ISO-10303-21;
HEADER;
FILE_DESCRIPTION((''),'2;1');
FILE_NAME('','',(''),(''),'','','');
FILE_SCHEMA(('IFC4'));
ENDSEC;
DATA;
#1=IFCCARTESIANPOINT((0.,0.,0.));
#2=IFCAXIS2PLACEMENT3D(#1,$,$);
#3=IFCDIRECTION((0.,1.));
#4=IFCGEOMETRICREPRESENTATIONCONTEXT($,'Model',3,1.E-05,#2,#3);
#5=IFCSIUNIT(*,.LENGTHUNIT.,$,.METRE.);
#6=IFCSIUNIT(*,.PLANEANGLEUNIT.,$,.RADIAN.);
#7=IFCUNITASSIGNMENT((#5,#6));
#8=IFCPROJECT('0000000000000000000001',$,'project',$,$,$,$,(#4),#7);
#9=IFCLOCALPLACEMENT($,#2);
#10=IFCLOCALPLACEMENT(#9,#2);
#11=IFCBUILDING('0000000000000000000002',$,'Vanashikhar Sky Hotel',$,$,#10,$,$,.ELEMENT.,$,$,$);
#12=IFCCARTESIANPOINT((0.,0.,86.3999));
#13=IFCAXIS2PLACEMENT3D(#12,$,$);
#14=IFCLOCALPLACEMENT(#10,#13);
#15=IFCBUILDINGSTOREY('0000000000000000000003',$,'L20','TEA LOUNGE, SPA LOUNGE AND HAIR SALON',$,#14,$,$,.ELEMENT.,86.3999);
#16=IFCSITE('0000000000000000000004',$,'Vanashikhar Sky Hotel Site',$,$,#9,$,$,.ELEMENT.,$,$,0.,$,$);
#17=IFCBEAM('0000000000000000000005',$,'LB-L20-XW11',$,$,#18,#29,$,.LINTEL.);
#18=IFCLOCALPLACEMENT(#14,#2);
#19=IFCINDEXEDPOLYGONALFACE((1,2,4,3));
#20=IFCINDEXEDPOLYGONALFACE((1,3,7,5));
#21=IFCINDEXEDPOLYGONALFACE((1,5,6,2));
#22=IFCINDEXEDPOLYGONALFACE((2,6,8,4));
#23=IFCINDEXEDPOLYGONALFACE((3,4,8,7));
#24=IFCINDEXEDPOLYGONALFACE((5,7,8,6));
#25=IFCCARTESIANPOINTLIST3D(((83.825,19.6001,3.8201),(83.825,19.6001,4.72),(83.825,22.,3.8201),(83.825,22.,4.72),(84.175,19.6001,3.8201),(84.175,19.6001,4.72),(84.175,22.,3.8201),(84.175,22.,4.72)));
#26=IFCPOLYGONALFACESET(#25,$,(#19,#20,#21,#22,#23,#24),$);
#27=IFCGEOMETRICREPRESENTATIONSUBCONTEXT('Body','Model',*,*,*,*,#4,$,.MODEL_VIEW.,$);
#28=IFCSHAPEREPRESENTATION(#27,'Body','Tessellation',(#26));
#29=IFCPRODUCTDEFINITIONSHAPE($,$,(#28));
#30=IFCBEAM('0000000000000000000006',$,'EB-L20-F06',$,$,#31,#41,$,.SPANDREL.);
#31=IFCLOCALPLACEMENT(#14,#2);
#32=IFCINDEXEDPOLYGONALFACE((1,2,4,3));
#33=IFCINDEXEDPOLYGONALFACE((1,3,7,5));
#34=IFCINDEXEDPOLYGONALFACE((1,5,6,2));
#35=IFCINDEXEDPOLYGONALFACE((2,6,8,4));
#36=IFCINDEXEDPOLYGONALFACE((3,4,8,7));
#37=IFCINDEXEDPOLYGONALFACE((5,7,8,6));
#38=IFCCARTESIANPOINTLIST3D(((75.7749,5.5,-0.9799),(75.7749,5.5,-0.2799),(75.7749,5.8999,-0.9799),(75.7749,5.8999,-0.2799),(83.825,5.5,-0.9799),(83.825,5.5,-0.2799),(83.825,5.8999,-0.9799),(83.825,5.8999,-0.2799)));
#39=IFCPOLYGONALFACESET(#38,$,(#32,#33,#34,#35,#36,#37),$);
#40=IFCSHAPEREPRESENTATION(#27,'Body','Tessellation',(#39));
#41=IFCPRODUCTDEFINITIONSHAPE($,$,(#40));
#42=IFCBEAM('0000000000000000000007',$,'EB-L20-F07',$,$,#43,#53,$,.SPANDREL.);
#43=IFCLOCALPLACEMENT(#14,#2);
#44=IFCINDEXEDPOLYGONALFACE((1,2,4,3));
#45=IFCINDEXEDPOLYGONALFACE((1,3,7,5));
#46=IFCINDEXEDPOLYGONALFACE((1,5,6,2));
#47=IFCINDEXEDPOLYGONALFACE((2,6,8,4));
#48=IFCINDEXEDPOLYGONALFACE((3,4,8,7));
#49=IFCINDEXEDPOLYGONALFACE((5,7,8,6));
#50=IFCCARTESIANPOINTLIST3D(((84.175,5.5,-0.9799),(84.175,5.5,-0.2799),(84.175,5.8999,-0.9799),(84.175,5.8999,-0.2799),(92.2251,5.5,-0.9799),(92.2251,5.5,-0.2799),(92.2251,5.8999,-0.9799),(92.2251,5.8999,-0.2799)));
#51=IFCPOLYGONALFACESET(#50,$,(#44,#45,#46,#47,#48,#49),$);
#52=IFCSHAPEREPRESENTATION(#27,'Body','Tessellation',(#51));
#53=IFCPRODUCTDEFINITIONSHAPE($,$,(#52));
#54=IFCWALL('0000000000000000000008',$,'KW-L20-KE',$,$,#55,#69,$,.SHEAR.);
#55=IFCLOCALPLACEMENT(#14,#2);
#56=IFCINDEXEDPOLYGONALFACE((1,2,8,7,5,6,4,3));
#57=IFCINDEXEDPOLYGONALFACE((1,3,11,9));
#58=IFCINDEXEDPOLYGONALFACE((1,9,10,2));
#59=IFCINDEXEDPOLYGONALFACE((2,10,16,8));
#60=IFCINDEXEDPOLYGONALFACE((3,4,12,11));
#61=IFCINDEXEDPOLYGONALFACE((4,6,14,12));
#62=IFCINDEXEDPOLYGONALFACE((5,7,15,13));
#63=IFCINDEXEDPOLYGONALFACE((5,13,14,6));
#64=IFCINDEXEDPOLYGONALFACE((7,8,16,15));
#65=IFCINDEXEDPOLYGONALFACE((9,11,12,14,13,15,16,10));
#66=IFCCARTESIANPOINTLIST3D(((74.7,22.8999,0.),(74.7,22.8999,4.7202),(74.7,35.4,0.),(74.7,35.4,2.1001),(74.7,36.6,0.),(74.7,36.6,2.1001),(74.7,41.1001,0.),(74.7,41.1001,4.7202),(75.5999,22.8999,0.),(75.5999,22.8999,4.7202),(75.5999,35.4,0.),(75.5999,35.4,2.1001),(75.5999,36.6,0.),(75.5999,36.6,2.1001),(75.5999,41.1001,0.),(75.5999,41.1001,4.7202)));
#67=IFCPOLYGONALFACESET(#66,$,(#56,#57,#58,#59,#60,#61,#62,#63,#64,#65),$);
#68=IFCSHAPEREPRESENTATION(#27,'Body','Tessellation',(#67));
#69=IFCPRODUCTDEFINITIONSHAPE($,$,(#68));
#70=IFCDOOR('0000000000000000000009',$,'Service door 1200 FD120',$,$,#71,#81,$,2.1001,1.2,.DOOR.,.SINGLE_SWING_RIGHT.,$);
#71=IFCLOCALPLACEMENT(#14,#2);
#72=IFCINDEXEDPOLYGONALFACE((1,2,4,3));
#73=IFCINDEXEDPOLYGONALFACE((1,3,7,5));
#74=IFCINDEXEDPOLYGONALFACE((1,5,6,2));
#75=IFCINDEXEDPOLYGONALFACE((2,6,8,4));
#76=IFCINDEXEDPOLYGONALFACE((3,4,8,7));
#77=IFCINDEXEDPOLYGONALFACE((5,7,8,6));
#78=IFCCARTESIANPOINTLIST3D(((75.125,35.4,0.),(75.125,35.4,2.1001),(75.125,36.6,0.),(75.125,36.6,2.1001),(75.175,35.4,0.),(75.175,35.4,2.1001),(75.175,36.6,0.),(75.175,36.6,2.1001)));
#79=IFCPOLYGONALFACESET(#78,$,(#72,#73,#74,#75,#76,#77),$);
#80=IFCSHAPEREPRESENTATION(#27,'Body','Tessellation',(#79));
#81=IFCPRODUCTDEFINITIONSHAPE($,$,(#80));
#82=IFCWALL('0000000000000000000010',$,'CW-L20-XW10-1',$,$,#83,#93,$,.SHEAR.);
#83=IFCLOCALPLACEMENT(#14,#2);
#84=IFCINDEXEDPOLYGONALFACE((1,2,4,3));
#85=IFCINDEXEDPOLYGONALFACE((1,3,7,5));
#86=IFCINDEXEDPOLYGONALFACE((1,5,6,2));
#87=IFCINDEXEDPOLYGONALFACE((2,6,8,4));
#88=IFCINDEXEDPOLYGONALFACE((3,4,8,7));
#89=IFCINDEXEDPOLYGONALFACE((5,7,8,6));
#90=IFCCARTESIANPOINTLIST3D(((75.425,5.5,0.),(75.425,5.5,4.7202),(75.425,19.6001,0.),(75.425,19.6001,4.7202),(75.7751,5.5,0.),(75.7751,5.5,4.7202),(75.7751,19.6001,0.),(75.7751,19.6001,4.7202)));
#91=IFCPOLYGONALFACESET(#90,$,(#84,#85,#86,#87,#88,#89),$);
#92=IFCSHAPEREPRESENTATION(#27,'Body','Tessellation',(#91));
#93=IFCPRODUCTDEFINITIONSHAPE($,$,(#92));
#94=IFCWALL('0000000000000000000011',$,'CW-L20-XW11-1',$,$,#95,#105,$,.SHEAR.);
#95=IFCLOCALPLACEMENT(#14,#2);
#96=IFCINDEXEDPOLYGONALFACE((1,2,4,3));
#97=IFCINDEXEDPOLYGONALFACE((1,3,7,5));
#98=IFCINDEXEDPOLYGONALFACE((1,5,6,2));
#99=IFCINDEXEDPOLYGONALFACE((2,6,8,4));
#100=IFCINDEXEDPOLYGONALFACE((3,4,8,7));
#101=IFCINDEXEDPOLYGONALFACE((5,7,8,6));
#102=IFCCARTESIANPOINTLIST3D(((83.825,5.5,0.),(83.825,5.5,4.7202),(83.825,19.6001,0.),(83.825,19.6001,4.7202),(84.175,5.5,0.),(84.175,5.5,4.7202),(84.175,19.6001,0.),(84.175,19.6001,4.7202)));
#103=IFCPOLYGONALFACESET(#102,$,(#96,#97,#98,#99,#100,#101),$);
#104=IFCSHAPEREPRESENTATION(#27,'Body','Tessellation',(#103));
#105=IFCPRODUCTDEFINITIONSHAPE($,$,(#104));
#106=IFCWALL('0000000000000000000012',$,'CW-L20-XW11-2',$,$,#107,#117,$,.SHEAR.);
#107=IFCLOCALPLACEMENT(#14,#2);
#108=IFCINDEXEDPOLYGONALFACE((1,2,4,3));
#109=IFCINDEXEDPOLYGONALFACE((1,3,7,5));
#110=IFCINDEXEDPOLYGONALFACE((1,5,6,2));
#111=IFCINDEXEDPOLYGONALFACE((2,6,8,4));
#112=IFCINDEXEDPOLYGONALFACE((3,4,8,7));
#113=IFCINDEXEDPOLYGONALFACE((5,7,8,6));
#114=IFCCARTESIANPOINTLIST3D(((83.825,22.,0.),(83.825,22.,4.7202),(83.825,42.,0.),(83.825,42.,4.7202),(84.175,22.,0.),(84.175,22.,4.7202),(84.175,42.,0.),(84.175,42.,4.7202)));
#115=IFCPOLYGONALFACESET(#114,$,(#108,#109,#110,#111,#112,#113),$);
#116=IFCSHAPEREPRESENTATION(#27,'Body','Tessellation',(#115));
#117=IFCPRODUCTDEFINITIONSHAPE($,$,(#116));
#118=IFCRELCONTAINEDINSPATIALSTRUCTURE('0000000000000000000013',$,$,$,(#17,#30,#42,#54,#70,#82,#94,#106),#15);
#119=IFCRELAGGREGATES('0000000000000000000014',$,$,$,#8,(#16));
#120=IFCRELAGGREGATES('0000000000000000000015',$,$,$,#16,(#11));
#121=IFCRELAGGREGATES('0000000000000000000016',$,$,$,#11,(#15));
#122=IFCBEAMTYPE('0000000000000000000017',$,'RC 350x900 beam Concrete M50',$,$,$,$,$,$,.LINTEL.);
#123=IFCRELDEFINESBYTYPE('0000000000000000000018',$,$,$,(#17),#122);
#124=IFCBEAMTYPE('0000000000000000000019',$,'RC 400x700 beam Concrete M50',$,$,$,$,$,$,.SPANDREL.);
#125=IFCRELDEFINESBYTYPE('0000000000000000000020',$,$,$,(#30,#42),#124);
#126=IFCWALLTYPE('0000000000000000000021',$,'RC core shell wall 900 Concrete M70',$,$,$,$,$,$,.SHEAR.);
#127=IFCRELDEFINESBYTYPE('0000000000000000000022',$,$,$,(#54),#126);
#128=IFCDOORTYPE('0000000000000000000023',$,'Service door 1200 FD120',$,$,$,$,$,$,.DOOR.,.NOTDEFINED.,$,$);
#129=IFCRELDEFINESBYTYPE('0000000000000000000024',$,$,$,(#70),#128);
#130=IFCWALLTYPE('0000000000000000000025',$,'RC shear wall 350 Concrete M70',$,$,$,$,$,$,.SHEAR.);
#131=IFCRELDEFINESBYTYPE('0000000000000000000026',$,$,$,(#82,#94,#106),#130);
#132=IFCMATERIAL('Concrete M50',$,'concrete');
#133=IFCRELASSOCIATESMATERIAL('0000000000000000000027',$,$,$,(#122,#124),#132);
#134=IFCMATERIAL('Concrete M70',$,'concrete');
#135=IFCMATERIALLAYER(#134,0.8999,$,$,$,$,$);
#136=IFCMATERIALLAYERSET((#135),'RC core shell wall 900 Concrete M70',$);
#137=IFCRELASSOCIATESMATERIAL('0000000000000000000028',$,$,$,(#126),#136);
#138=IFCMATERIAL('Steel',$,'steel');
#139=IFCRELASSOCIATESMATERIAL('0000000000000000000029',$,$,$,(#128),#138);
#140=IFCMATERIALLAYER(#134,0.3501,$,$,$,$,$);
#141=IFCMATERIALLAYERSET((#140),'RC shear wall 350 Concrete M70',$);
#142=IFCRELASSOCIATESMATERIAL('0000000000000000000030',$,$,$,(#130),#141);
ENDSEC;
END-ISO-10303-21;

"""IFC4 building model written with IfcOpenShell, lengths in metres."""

from ifc_helpers import new_model, si_unit, direction, frame, frame_2d, origin, origin_2d, place, context, subcontext, project, spatial, rectangle, extrude, source, transform, mapped, material, layer, layer_set, material_profile, profile_set, type_object, element, fill, save


model = new_model("IFC4")

# Units and contexts
model_context = context("Model", 3, precision=1e-05, world=origin(), true_north=direction((0.0, 1.0)))
body_context = subcontext(model_context, "Body", "Model", "MODEL_VIEW")
ifc_project = project(units=[si_unit("LENGTHUNIT", "METRE"), si_unit("PLANEANGLEUNIT", "RADIAN")], contexts=[model_context])

# Site, building, storey
site_placement = place(None, origin())
site = spatial("IfcSite", under=ifc_project, at=site_placement, Name="Vanashikhar Sky Hotel Site", CompositionType="ELEMENT", RefElevation=0.0)
building_placement = place(site_placement, origin())
building = spatial("IfcBuilding", under=site, at=building_placement, Name="Vanashikhar Sky Hotel", CompositionType="ELEMENT")
storey_placement = place(building_placement, frame((0.0, 0.0, 86.3999)))
storey = spatial("IfcBuildingStorey", under=building, at=storey_placement, Name="L20", Description="TEA LOUNGE, SPA LOUNGE AND HAIR SALON", CompositionType="ELEMENT", Elevation=86.3999)

# Beams
ifc_material_1 = material(Name="Concrete M50", Category="concrete")
ifc_material_profile_1 = material_profile(ifc_material_1, rectangle(XDim=0.3501, YDim=0.8999, at=origin_2d()))
ifc_profile_set_1 = profile_set([ifc_material_profile_1], Name="RC 350x900 beam Concrete M50")
beam_type_1 = type_object("IfcBeamType", Name="RC 350x900 beam Concrete M50", PredefinedType="LINTEL", material=ifc_profile_set_1)
shared_shape_1 = source(origin(), body_context, "Body", "SweptSolid", [
    extrude(rectangle(XDim=0.3501, YDim=0.8999, at=origin_2d()), origin(), (0.0, 0.0, 1.0), 2.3999),
])
beam_placement = place(storey_placement, frame((84.0, 19.6001, 4.27), z_axis=(0.0, 1.0, 0.0), x_axis=(-1.0, 0.0, 0.0)))
element("IfcBeam", 1, at=beam_placement, inside=storey, type_object=beam_type_1, Name="LB-L20-XW11", PredefinedType="LINTEL", context=body_context, shape_type="MappedRepresentation", body=[
    mapped(shared_shape_1, transform((0.0, 0.0, 0.0), scale=1.0)),
])
ifc_material_profile_2 = material_profile(ifc_material_1, rectangle(XDim=0.3999, YDim=0.7, at=origin_2d()))
ifc_profile_set_2 = profile_set([ifc_material_profile_2], Name="RC 400x700 beam Concrete M50")
beam_type_2 = type_object("IfcBeamType", Name="RC 400x700 beam Concrete M50", PredefinedType="SPANDREL", material=ifc_profile_set_2)
shared_shape_2 = source(origin(), body_context, "Body", "SweptSolid", [
    extrude(rectangle(XDim=0.3999, YDim=0.7, at=origin_2d()), origin(), (0.0, 0.0, 1.0), 8.05),
])
for number, where, z_axis, x_axis, name in (
    (2, (75.7749, 5.7, -0.6299), (1.0, 0.0, 0.0), (0.0, 1.0, 0.0), "EB-L20-F06"),
    (3, (84.175, 5.7, -0.6299), (1.0, 0.0, 0.0), (0.0, 1.0, 0.0), "EB-L20-F07"),
):
    element("IfcBeam", number, at=place(storey_placement, frame(where, z_axis=z_axis, x_axis=x_axis)), inside=storey, type_object=beam_type_2, Name=name, PredefinedType="SPANDREL", context=body_context, shape_type="MappedRepresentation", body=[
        mapped(shared_shape_2, transform((0.0, 0.0, 0.0), scale=1.0)),
    ])

# Wall, opening, door
ifc_material_2 = material(Name="Concrete M70", Category="concrete")
ifc_layer_1 = layer(ifc_material_2, 0.8999)
ifc_layer_set_1 = layer_set([ifc_layer_1], Name="RC core shell wall 900 Concrete M70")
wall_type_1 = type_object("IfcWallType", Name="RC core shell wall 900 Concrete M70", PredefinedType="SHEAR", material=ifc_layer_set_1)
shared_shape_3 = source(origin(), body_context, "Body", "SweptSolid", [
    extrude(rectangle(XDim=18.2002, YDim=0.8999, at=frame_2d((9.1001, 0.0))), origin(), (0.0, 0.0, 1.0), 4.7202),
])
wall_1_placement = place(storey_placement, frame((75.1499, 22.8999, 0.0), z_axis=(0.0, 0.0, 1.0), x_axis=(0.0, 1.0, 0.0)))
wall_1 = element("IfcWall", 4, at=wall_1_placement, inside=storey, type_object=wall_type_1, Name="KW-L20-KE", PredefinedType="SHEAR", context=body_context, shape_type="MappedRepresentation", body=[
    mapped(shared_shape_3, transform((0.0, 0.0, 0.0), scale=1.0)),
])
shared_shape_4 = source(origin(), body_context, "Body", "SweptSolid", [
    extrude(rectangle(XDim=1.2, YDim=2.1001, at=frame_2d((0.6001, 1.05))), frame((0.0, 0.46, 0.0), z_axis=(0.0, -1.0, 0.0), x_axis=(1.0, 0.0, 0.0)), (0.0, 0.0, 1.0), 0.9199),
])
opening_1_placement = place(wall_1_placement, frame((12.5, 0.0, 0.0)))
opening_1 = element("IfcOpeningElement", 5, at=opening_1_placement, cuts=wall_1, PredefinedType="OPENING", context=body_context, shape_type="MappedRepresentation", body=[
    mapped(shared_shape_4, transform((0.0, 0.0, 0.0), scale=1.0)),
])
ifc_material_3 = material(Name="Steel", Category="steel")
door_type_1 = type_object("IfcDoorType", Name="Service door 1200 FD120", OperationType="NOTDEFINED", PredefinedType="DOOR", material=ifc_material_3)
shared_shape_5 = source(origin(), body_context, "Body", "SweptSolid", [
    extrude(rectangle(XDim=1.2, YDim=2.1001, at=frame_2d((0.6001, 1.05))), frame((0.0, 0.0249, 0.0), z_axis=(0.0, -1.0, 0.0), x_axis=(1.0, 0.0, 0.0)), (0.0, 0.0, 1.0), 0.05),
])
door_1_placement = place(opening_1_placement, origin())
door_1 = element("IfcDoor", 6, at=door_1_placement, inside=storey, type_object=door_type_1, Name="Service door 1200 FD120", OperationType="SINGLE_SWING_RIGHT", OverallHeight=2.1001, OverallWidth=1.2, PredefinedType="DOOR", context=body_context, shape_type="MappedRepresentation", body=[
    mapped(shared_shape_5, transform((0.0, 0.0, 0.0), scale=1.0)),
])
fill(opening_1, door_1)

# Walls
ifc_layer_2 = layer(ifc_material_2, 0.3501)
ifc_layer_set_2 = layer_set([ifc_layer_2], Name="RC shear wall 350 Concrete M70")
wall_type_2 = type_object("IfcWallType", Name="RC shear wall 350 Concrete M70", PredefinedType="SHEAR", material=ifc_layer_set_2)
shared_shape_6 = source(origin(), body_context, "Body", "SweptSolid", [
    extrude(rectangle(XDim=14.1001, YDim=0.3501, at=frame_2d((7.05, 0.0))), origin(), (0.0, 0.0, 1.0), 4.7202),
])
for number, where, z_axis, x_axis, name in (
    (7, (75.6001, 5.5, 0.0), (0.0, 0.0, 1.0), (0.0, 1.0, 0.0), "CW-L20-XW10-1"),
    (8, (84.0, 5.5, 0.0), (0.0, 0.0, 1.0), (0.0, 1.0, 0.0), "CW-L20-XW11-1"),
):
    element("IfcWall", number, at=place(storey_placement, frame(where, z_axis=z_axis, x_axis=x_axis)), inside=storey, type_object=wall_type_2, Name=name, PredefinedType="SHEAR", context=body_context, shape_type="MappedRepresentation", body=[
        mapped(shared_shape_6, transform((0.0, 0.0, 0.0), scale=1.0)),
    ])
shared_shape_7 = source(origin(), body_context, "Body", "SweptSolid", [
    extrude(rectangle(XDim=20.0, YDim=0.3501, at=frame_2d((10.0, 0.0))), origin(), (0.0, 0.0, 1.0), 4.7202),
])
wall_2_placement = place(storey_placement, frame((84.0, 22.0, 0.0), z_axis=(0.0, 0.0, 1.0), x_axis=(0.0, 1.0, 0.0)))
element("IfcWall", 9, at=wall_2_placement, inside=storey, type_object=wall_type_2, Name="CW-L20-XW11-2", PredefinedType="SHEAR", context=body_context, shape_type="MappedRepresentation", body=[
    mapped(shared_shape_7, transform((0.0, 0.0, 0.0), scale=1.0)),
])

save(model, "model.ifc")
